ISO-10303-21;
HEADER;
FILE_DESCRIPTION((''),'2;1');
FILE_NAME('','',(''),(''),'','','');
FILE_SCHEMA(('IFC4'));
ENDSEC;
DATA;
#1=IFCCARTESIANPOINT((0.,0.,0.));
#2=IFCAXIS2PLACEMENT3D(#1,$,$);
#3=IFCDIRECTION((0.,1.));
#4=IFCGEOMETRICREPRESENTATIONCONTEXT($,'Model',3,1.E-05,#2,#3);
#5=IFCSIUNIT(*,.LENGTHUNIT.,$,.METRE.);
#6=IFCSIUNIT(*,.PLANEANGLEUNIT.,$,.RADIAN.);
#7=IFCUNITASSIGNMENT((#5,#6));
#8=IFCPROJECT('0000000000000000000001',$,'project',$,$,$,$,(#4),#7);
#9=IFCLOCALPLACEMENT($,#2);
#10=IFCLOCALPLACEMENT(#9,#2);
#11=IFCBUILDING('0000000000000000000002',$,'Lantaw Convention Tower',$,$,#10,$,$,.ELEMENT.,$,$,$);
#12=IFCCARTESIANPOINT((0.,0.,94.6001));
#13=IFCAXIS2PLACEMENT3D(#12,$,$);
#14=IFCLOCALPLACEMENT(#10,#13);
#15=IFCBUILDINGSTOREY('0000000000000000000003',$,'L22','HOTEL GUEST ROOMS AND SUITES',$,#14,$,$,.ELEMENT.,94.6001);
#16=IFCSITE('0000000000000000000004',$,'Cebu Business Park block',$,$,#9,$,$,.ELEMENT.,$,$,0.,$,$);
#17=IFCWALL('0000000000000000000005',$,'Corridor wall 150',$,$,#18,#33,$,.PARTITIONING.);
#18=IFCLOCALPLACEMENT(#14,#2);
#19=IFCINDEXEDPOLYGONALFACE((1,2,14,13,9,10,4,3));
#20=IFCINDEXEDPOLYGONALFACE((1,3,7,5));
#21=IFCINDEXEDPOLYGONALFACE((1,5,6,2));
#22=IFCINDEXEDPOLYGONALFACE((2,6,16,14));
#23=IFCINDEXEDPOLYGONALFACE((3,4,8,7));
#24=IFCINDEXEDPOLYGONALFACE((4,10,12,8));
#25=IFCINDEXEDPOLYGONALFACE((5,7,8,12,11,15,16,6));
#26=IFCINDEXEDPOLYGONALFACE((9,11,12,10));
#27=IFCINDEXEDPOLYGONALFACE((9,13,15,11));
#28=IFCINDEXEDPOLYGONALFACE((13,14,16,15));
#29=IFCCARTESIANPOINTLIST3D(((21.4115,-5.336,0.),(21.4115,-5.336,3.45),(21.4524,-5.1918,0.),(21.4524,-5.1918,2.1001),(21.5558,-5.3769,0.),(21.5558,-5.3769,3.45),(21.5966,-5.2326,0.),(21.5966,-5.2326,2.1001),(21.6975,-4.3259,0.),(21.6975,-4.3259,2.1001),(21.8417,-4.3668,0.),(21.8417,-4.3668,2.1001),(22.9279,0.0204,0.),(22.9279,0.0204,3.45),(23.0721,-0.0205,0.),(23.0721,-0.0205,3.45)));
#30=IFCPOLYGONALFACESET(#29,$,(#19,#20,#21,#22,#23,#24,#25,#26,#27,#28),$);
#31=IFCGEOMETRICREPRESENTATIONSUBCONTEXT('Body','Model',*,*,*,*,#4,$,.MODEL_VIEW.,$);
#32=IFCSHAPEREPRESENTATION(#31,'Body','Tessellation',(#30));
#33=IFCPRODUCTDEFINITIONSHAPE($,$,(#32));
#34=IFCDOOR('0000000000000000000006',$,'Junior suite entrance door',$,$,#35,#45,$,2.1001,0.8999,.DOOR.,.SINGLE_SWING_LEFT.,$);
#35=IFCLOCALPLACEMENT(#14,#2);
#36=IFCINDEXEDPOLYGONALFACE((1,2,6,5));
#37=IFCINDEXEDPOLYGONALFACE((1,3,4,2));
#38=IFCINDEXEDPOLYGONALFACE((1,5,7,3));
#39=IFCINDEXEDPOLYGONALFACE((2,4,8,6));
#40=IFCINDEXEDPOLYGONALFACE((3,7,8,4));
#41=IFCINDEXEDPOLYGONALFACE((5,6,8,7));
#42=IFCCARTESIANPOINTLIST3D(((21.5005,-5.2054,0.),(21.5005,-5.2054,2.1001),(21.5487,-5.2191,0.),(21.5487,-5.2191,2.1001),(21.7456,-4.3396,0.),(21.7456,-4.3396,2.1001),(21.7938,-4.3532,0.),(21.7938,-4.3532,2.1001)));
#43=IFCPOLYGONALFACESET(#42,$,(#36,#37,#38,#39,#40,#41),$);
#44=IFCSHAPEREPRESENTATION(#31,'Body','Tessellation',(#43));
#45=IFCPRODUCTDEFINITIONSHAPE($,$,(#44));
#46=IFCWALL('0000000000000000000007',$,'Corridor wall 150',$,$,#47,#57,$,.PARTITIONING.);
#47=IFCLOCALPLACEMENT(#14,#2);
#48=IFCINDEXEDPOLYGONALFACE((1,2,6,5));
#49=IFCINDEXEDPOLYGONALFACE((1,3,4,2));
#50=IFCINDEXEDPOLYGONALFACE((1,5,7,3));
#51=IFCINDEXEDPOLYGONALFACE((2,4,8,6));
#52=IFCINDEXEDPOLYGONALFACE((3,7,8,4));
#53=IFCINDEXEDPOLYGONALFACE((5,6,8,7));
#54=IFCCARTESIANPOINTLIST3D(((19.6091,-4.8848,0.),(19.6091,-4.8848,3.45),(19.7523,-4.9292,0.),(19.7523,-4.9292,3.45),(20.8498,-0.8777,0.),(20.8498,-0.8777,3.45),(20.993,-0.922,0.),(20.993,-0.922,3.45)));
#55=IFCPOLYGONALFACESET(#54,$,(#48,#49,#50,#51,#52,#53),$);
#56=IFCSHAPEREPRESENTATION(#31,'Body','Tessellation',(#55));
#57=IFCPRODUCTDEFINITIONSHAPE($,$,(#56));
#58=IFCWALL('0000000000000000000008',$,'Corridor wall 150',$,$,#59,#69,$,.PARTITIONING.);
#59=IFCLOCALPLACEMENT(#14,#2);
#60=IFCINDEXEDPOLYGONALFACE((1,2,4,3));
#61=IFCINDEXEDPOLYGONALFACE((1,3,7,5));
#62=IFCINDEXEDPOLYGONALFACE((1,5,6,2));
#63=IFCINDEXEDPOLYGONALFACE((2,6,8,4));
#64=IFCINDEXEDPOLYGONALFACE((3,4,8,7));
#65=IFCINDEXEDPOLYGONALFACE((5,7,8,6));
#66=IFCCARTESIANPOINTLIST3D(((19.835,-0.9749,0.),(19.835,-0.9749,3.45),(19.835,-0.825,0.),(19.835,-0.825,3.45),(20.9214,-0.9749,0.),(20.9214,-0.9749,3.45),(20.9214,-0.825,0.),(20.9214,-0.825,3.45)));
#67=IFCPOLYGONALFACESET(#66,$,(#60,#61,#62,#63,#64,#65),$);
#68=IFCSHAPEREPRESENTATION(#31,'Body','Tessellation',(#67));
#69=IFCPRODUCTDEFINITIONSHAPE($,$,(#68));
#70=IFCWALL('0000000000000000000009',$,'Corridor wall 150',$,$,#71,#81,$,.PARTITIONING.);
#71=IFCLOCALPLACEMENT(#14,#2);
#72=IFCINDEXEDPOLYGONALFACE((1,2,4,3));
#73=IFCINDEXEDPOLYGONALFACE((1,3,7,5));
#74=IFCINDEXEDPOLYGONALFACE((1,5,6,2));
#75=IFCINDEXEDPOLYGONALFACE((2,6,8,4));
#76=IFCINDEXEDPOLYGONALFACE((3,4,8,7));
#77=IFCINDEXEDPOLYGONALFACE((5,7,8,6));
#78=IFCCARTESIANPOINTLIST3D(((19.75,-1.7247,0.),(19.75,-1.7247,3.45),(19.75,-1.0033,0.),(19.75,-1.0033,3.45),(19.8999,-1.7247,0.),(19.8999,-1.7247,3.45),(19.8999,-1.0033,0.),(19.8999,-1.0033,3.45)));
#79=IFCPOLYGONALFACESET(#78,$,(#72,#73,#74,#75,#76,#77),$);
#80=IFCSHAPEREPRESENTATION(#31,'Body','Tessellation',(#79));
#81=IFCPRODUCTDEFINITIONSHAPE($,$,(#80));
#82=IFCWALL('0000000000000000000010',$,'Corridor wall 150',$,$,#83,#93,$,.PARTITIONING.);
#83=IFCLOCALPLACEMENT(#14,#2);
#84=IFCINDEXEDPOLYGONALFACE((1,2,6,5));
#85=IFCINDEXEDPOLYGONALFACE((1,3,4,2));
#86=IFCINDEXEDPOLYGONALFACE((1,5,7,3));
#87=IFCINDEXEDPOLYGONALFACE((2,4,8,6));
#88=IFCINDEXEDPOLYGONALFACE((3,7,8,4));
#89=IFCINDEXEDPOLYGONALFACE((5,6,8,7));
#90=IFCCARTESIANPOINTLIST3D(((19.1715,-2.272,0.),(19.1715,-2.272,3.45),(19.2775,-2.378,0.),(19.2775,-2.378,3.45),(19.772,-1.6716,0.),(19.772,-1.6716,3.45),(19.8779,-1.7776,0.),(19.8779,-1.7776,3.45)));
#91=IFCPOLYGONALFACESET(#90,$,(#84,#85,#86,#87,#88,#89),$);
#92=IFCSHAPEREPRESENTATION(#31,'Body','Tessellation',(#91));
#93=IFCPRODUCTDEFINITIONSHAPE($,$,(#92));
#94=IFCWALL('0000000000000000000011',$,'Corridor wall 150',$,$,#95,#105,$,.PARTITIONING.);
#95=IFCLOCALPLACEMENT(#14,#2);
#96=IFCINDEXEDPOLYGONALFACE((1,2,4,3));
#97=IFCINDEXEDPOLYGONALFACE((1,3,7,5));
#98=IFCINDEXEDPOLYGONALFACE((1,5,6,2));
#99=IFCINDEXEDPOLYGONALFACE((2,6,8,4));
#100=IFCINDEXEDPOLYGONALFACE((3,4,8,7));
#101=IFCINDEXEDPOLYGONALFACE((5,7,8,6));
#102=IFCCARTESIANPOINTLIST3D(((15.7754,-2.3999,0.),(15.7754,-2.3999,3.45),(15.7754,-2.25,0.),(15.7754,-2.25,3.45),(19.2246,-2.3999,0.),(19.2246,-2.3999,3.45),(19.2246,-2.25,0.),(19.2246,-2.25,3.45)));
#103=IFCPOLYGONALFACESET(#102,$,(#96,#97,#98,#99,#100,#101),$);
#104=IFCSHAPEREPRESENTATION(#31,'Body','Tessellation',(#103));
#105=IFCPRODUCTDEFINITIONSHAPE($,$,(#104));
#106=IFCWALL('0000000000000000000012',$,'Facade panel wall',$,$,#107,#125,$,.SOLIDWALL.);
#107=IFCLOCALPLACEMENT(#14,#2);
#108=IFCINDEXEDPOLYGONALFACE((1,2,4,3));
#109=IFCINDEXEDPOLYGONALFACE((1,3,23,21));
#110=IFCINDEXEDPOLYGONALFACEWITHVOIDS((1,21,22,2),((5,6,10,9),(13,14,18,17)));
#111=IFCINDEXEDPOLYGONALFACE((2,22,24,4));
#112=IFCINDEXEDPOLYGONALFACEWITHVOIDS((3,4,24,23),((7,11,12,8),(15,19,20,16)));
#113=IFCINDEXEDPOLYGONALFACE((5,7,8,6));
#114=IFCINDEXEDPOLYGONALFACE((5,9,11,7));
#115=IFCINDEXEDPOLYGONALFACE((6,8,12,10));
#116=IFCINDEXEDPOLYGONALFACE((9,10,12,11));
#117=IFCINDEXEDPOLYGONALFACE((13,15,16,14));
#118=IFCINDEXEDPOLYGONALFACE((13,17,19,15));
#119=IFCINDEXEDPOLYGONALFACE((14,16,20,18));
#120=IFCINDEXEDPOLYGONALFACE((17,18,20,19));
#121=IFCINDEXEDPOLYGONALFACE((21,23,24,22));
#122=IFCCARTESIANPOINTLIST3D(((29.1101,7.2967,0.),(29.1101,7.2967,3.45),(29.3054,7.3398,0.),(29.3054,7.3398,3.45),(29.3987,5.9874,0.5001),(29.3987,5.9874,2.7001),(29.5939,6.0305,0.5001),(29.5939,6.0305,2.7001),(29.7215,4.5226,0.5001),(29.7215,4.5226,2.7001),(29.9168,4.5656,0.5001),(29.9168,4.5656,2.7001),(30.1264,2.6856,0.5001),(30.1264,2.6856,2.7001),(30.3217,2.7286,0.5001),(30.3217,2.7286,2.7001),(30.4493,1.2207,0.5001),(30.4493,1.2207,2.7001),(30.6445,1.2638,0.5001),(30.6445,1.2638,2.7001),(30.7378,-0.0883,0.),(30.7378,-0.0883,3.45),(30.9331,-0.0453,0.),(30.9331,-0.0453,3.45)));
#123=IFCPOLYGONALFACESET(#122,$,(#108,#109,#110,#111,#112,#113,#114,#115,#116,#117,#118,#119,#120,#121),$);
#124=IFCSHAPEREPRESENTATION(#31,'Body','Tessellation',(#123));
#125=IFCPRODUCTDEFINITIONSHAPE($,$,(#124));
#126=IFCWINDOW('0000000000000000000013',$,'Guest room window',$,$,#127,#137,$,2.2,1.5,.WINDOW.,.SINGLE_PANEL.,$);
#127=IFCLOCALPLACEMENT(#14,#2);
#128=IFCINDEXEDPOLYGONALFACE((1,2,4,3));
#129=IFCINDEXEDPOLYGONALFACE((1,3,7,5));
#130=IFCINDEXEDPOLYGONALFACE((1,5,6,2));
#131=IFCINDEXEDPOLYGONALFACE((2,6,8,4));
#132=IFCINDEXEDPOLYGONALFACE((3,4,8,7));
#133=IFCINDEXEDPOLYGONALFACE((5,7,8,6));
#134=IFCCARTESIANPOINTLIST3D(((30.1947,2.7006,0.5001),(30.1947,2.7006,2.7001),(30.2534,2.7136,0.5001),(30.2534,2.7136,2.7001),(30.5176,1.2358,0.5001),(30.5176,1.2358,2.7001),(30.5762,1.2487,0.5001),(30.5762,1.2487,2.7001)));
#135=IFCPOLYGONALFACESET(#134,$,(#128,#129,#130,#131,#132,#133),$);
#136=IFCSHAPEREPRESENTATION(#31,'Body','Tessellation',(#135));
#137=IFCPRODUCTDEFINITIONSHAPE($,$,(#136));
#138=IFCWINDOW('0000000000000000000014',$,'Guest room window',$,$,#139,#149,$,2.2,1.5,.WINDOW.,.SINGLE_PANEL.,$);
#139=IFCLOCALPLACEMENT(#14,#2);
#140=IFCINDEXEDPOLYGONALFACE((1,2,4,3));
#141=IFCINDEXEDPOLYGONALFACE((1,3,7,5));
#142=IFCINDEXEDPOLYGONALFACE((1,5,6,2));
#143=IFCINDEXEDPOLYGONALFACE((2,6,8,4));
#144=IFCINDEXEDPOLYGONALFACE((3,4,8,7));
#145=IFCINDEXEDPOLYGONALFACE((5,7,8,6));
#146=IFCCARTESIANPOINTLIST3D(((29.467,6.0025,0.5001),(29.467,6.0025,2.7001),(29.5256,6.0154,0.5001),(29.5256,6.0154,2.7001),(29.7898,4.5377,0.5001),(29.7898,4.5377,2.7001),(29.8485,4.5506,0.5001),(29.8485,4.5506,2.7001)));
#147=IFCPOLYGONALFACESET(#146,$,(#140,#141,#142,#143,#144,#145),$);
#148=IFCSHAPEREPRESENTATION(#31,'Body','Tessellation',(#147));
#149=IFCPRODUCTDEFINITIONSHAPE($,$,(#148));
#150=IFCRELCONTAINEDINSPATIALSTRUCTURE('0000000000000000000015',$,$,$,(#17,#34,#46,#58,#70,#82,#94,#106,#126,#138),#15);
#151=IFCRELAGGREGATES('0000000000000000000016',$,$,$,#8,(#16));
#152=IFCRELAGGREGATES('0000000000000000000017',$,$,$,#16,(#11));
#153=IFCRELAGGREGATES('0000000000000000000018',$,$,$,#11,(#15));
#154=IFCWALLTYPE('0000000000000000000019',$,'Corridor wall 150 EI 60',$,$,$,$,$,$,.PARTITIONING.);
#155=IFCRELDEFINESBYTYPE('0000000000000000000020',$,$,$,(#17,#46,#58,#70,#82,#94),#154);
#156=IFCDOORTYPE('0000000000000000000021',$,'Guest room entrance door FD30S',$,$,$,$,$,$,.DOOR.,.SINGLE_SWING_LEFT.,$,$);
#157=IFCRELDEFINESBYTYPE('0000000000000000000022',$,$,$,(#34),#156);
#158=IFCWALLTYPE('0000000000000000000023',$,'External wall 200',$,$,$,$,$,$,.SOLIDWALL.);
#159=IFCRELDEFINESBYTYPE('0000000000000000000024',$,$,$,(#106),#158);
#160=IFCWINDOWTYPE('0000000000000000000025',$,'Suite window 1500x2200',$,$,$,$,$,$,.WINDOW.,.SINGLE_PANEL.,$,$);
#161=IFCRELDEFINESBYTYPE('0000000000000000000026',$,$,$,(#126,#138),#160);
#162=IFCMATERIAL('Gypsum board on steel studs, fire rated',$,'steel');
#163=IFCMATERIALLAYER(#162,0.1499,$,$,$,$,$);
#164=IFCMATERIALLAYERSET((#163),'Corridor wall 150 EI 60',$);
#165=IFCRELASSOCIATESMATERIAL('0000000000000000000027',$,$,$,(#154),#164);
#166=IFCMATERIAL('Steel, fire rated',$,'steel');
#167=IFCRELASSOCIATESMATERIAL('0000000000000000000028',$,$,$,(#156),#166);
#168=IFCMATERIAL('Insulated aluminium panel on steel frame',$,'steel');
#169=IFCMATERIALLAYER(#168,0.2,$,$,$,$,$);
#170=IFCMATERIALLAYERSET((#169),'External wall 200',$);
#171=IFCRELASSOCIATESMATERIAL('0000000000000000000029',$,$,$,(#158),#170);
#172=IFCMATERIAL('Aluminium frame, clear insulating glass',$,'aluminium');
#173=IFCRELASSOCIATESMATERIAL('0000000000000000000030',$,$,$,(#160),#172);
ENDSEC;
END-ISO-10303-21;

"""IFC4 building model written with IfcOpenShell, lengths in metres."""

from ifc_helpers import new_model, si_unit, direction, frame, frame_2d, origin, place, context, subcontext, project, spatial, rectangle, extrude, material, layer, layer_set, type_object, element, fill, save


model = new_model("IFC4")

# Units and contexts
model_context = context("Model", 3, precision=1e-05, world=origin(), true_north=direction((0.0, 1.0)))
body_context = subcontext(model_context, "Body", "Model", "MODEL_VIEW")
ifc_project = project(units=[si_unit("LENGTHUNIT", "METRE"), si_unit("PLANEANGLEUNIT", "RADIAN")], contexts=[model_context])

# Site, building, storey
site_placement = place(None, origin())
site = spatial("IfcSite", under=ifc_project, at=site_placement, Name="Cebu Business Park block", CompositionType="ELEMENT", RefElevation=0.0)
building_placement = place(site_placement, origin())
building = spatial("IfcBuilding", under=site, at=building_placement, Name="Lantaw Convention Tower", CompositionType="ELEMENT")
storey_placement = place(building_placement, frame((0.0, 0.0, 94.6001)))
storey = spatial("IfcBuildingStorey", under=building, at=storey_placement, Name="L22", Description="HOTEL GUEST ROOMS AND SUITES", CompositionType="ELEMENT", Elevation=94.6001)

# Wall, opening, door
ifc_material_1 = material(Name="Gypsum board on steel studs, fire rated", Category="steel")
ifc_layer_1 = layer(ifc_material_1, 0.1499)
ifc_layer_set_1 = layer_set([ifc_layer_1], Name="Corridor wall 150 EI 60")
wall_type_1 = type_object("IfcWallType", Name="Corridor wall 150 EI 60", PredefinedType="PARTITIONING", material=ifc_layer_set_1)
wall_1_placement = place(storey_placement, frame((21.4836, -5.3564, 0.0), z_axis=(0.0, 0.0, 1.0), x_axis=(0.272386, 0.962188, 0.0)))
wall_1 = element("IfcWall", 1, at=wall_1_placement, inside=storey, type_object=wall_type_1, Name="Corridor wall 150", PredefinedType="PARTITIONING", context=body_context, shape_type="SweptSolid", body=[
    extrude(rectangle(XDim=5.5669, YDim=0.1499, at=frame_2d((2.7834, 0.0))), origin(), (0.0, 0.0, 1.0), 3.45),
])
opening_1_placement = place(wall_1_placement, frame((0.1499, 0.0, 0.0)))
opening_1 = element("IfcOpeningElement", 2, at=opening_1_placement, cuts=wall_1, PredefinedType="OPENING", context=body_context, shape_type="SweptSolid", body=[
    extrude(rectangle(XDim=0.8999, YDim=2.1001, at=frame_2d((0.45, 1.05))), frame((0.0, 0.085, 0.0), z_axis=(0.0, -1.0, 0.0), x_axis=(1.0, 0.0, 0.0)), (0.0, 0.0, 1.0), 0.1699),
])
ifc_material_2 = material(Name="Steel, fire rated", Category="steel")
door_type = type_object("IfcDoorType", Name="Guest room entrance door FD30S", OperationType="SINGLE_SWING_LEFT", PredefinedType="DOOR", material=ifc_material_2)
door_placement = place(opening_1_placement, origin())
door = element("IfcDoor", 3, at=door_placement, inside=storey, type_object=door_type, Name="Junior suite entrance door", OperationType="SINGLE_SWING_LEFT", OverallHeight=2.1001, OverallWidth=0.8999, PredefinedType="DOOR", context=body_context, shape_type="SweptSolid", body=[
    extrude(rectangle(XDim=0.8999, YDim=2.1001, at=frame_2d((0.45, 1.05))), frame((0.0, 0.0249, 0.0), z_axis=(0.0, -1.0, 0.0), x_axis=(1.0, 0.0, 0.0)), (0.0, 0.0, 1.0), 0.05),
])
fill(opening_1, door)

# Walls
wall_2_placement = place(storey_placement, frame((19.6807, -4.907, 0.0), z_axis=(0.0, 0.0, 1.0), x_axis=(0.295779, 0.955257, 0.0)))
element("IfcWall", 4, at=wall_2_placement, inside=storey, type_object=wall_type_1, Name="Corridor wall 150", PredefinedType="PARTITIONING", context=body_context, shape_type="SweptSolid", body=[
    extrude(rectangle(XDim=4.1948, YDim=0.1499, at=frame_2d((2.0974, 0.0))), origin(), (0.0, 0.0, 1.0), 3.45),
])
wall_3_placement = place(storey_placement, frame((19.835, -0.8999, 0.0), z_axis=(0.0, 0.0, 1.0), x_axis=(1.0, 0.0, 0.0)))
element("IfcWall", 5, at=wall_3_placement, inside=storey, type_object=wall_type_1, Name="Corridor wall 150", PredefinedType="PARTITIONING", context=body_context, shape_type="SweptSolid", body=[
    extrude(rectangle(XDim=1.0864, YDim=0.1499, at=frame_2d((0.5432, 0.0))), origin(), (0.0, 0.0, 1.0), 3.45),
])
wall_4_placement = place(storey_placement, frame((19.825, -1.0032, 0.0), z_axis=(0.0, 0.0, 1.0), x_axis=(0.0, -1.0, 0.0)))
element("IfcWall", 6, at=wall_4_placement, inside=storey, type_object=wall_type_1, Name="Corridor wall 150", PredefinedType="PARTITIONING", context=body_context, shape_type="SweptSolid", body=[
    extrude(rectangle(XDim=0.7214, YDim=0.1499, at=frame_2d((0.3608, 0.0))), origin(), (0.0, 0.0, 1.0), 3.45),
])
wall_5_placement = place(storey_placement, frame((19.825, -1.7246, 0.0), z_axis=(0.0, 0.0, 1.0), x_axis=(-0.707107, -0.707107, 0.0)))
element("IfcWall", 7, at=wall_5_placement, inside=storey, type_object=wall_type_1, Name="Corridor wall 150", PredefinedType="PARTITIONING", context=body_context, shape_type="SweptSolid", body=[
    extrude(rectangle(XDim=0.8491, YDim=0.1499, at=frame_2d((0.4246, 0.0))), origin(), (0.0, 0.0, 1.0), 3.45),
])
wall_6_placement = place(storey_placement, frame((19.2246, -2.325, 0.0), z_axis=(0.0, 0.0, 1.0), x_axis=(-1.0, 0.0, 0.0)))
element("IfcWall", 8, at=wall_6_placement, inside=storey, type_object=wall_type_1, Name="Corridor wall 150", PredefinedType="PARTITIONING", context=body_context, shape_type="SweptSolid", body=[
    extrude(rectangle(XDim=3.4492, YDim=0.1499, at=frame_2d((1.7246, 0.0))), origin(), (0.0, 0.0, 1.0), 3.45),
])

# Wall, openings, windows
ifc_material_3 = material(Name="Insulated aluminium panel on steel frame", Category="steel")
ifc_layer_2 = layer(ifc_material_3, 0.2)
ifc_layer_set_2 = layer_set([ifc_layer_2], Name="External wall 200")
wall_type_2 = type_object("IfcWallType", Name="External wall 200", PredefinedType="SOLIDWALL", material=ifc_layer_set_2)
wall_7_placement = place(storey_placement, frame((30.8354, -0.0669, 0.0), z_axis=(0.0, 0.0, 1.0), x_axis=(-0.215238, 0.976562, 0.0)))
wall_7 = element("IfcWall", 9, at=wall_7_placement, inside=storey, type_object=wall_type_2, Name="Facade panel wall", PredefinedType="SOLIDWALL", context=body_context, shape_type="SweptSolid", body=[
    extrude(rectangle(XDim=7.5623, YDim=0.2, at=frame_2d((3.7812, 0.0))), origin(), (0.0, 0.0, 1.0), 3.45),
])
opening_2_placement = place(wall_7_placement, frame((1.3406, 0.0, 0.5)))
opening_2 = element("IfcOpeningElement", 10, at=opening_2_placement, cuts=wall_7, PredefinedType="OPENING", context=body_context, shape_type="SweptSolid", body=[
    extrude(rectangle(XDim=1.5, YDim=2.2, at=frame_2d((0.75, 1.1001))), frame((0.0, 0.1099, 0.0), z_axis=(0.0, -1.0, 0.0), x_axis=(1.0, 0.0, 0.0)), (0.0, 0.0, 1.0), 0.22),
])
opening_3_placement = place(wall_7_placement, frame((4.7217, 0.0, 0.5)))
opening_3 = element("IfcOpeningElement", 11, at=opening_3_placement, cuts=wall_7, PredefinedType="OPENING", context=body_context, shape_type="SweptSolid", body=[
    extrude(rectangle(XDim=1.5, YDim=2.2, at=frame_2d((0.75, 1.1001))), frame((0.0, 0.1099, 0.0), z_axis=(0.0, -1.0, 0.0), x_axis=(1.0, 0.0, 0.0)), (0.0, 0.0, 1.0), 0.22),
])
ifc_material_4 = material(Name="Aluminium frame, clear insulating glass", Category="aluminium")
window_type = type_object("IfcWindowType", Name="Suite window 1500x2200", PartitioningType="SINGLE_PANEL", PredefinedType="WINDOW", material=ifc_material_4)
window_1_placement = place(opening_2_placement, origin())
window_1 = element("IfcWindow", 12, at=window_1_placement, inside=storey, type_object=window_type, Name="Guest room window", OverallHeight=2.2, OverallWidth=1.5, PartitioningType="SINGLE_PANEL", PredefinedType="WINDOW", context=body_context, shape_type="SweptSolid", body=[
    extrude(rectangle(XDim=1.5, YDim=2.2, at=frame_2d((0.75, 1.1001))), frame((0.0, 0.03, 0.0), z_axis=(0.0, -1.0, 0.0), x_axis=(1.0, 0.0, 0.0)), (0.0, 0.0, 1.0), 0.0601),
])
fill(opening_2, window_1)
window_2_placement = place(opening_3_placement, origin())
window_2 = element("IfcWindow", 13, at=window_2_placement, inside=storey, type_object=window_type, Name="Guest room window", OverallHeight=2.2, OverallWidth=1.5, PartitioningType="SINGLE_PANEL", PredefinedType="WINDOW", context=body_context, shape_type="SweptSolid", body=[
    extrude(rectangle(XDim=1.5, YDim=2.2, at=frame_2d((0.75, 1.1001))), frame((0.0, 0.03, 0.0), z_axis=(0.0, -1.0, 0.0), x_axis=(1.0, 0.0, 0.0)), (0.0, 0.0, 1.0), 0.0601),
])
fill(opening_3, window_2)

save(model, "model.ifc")
